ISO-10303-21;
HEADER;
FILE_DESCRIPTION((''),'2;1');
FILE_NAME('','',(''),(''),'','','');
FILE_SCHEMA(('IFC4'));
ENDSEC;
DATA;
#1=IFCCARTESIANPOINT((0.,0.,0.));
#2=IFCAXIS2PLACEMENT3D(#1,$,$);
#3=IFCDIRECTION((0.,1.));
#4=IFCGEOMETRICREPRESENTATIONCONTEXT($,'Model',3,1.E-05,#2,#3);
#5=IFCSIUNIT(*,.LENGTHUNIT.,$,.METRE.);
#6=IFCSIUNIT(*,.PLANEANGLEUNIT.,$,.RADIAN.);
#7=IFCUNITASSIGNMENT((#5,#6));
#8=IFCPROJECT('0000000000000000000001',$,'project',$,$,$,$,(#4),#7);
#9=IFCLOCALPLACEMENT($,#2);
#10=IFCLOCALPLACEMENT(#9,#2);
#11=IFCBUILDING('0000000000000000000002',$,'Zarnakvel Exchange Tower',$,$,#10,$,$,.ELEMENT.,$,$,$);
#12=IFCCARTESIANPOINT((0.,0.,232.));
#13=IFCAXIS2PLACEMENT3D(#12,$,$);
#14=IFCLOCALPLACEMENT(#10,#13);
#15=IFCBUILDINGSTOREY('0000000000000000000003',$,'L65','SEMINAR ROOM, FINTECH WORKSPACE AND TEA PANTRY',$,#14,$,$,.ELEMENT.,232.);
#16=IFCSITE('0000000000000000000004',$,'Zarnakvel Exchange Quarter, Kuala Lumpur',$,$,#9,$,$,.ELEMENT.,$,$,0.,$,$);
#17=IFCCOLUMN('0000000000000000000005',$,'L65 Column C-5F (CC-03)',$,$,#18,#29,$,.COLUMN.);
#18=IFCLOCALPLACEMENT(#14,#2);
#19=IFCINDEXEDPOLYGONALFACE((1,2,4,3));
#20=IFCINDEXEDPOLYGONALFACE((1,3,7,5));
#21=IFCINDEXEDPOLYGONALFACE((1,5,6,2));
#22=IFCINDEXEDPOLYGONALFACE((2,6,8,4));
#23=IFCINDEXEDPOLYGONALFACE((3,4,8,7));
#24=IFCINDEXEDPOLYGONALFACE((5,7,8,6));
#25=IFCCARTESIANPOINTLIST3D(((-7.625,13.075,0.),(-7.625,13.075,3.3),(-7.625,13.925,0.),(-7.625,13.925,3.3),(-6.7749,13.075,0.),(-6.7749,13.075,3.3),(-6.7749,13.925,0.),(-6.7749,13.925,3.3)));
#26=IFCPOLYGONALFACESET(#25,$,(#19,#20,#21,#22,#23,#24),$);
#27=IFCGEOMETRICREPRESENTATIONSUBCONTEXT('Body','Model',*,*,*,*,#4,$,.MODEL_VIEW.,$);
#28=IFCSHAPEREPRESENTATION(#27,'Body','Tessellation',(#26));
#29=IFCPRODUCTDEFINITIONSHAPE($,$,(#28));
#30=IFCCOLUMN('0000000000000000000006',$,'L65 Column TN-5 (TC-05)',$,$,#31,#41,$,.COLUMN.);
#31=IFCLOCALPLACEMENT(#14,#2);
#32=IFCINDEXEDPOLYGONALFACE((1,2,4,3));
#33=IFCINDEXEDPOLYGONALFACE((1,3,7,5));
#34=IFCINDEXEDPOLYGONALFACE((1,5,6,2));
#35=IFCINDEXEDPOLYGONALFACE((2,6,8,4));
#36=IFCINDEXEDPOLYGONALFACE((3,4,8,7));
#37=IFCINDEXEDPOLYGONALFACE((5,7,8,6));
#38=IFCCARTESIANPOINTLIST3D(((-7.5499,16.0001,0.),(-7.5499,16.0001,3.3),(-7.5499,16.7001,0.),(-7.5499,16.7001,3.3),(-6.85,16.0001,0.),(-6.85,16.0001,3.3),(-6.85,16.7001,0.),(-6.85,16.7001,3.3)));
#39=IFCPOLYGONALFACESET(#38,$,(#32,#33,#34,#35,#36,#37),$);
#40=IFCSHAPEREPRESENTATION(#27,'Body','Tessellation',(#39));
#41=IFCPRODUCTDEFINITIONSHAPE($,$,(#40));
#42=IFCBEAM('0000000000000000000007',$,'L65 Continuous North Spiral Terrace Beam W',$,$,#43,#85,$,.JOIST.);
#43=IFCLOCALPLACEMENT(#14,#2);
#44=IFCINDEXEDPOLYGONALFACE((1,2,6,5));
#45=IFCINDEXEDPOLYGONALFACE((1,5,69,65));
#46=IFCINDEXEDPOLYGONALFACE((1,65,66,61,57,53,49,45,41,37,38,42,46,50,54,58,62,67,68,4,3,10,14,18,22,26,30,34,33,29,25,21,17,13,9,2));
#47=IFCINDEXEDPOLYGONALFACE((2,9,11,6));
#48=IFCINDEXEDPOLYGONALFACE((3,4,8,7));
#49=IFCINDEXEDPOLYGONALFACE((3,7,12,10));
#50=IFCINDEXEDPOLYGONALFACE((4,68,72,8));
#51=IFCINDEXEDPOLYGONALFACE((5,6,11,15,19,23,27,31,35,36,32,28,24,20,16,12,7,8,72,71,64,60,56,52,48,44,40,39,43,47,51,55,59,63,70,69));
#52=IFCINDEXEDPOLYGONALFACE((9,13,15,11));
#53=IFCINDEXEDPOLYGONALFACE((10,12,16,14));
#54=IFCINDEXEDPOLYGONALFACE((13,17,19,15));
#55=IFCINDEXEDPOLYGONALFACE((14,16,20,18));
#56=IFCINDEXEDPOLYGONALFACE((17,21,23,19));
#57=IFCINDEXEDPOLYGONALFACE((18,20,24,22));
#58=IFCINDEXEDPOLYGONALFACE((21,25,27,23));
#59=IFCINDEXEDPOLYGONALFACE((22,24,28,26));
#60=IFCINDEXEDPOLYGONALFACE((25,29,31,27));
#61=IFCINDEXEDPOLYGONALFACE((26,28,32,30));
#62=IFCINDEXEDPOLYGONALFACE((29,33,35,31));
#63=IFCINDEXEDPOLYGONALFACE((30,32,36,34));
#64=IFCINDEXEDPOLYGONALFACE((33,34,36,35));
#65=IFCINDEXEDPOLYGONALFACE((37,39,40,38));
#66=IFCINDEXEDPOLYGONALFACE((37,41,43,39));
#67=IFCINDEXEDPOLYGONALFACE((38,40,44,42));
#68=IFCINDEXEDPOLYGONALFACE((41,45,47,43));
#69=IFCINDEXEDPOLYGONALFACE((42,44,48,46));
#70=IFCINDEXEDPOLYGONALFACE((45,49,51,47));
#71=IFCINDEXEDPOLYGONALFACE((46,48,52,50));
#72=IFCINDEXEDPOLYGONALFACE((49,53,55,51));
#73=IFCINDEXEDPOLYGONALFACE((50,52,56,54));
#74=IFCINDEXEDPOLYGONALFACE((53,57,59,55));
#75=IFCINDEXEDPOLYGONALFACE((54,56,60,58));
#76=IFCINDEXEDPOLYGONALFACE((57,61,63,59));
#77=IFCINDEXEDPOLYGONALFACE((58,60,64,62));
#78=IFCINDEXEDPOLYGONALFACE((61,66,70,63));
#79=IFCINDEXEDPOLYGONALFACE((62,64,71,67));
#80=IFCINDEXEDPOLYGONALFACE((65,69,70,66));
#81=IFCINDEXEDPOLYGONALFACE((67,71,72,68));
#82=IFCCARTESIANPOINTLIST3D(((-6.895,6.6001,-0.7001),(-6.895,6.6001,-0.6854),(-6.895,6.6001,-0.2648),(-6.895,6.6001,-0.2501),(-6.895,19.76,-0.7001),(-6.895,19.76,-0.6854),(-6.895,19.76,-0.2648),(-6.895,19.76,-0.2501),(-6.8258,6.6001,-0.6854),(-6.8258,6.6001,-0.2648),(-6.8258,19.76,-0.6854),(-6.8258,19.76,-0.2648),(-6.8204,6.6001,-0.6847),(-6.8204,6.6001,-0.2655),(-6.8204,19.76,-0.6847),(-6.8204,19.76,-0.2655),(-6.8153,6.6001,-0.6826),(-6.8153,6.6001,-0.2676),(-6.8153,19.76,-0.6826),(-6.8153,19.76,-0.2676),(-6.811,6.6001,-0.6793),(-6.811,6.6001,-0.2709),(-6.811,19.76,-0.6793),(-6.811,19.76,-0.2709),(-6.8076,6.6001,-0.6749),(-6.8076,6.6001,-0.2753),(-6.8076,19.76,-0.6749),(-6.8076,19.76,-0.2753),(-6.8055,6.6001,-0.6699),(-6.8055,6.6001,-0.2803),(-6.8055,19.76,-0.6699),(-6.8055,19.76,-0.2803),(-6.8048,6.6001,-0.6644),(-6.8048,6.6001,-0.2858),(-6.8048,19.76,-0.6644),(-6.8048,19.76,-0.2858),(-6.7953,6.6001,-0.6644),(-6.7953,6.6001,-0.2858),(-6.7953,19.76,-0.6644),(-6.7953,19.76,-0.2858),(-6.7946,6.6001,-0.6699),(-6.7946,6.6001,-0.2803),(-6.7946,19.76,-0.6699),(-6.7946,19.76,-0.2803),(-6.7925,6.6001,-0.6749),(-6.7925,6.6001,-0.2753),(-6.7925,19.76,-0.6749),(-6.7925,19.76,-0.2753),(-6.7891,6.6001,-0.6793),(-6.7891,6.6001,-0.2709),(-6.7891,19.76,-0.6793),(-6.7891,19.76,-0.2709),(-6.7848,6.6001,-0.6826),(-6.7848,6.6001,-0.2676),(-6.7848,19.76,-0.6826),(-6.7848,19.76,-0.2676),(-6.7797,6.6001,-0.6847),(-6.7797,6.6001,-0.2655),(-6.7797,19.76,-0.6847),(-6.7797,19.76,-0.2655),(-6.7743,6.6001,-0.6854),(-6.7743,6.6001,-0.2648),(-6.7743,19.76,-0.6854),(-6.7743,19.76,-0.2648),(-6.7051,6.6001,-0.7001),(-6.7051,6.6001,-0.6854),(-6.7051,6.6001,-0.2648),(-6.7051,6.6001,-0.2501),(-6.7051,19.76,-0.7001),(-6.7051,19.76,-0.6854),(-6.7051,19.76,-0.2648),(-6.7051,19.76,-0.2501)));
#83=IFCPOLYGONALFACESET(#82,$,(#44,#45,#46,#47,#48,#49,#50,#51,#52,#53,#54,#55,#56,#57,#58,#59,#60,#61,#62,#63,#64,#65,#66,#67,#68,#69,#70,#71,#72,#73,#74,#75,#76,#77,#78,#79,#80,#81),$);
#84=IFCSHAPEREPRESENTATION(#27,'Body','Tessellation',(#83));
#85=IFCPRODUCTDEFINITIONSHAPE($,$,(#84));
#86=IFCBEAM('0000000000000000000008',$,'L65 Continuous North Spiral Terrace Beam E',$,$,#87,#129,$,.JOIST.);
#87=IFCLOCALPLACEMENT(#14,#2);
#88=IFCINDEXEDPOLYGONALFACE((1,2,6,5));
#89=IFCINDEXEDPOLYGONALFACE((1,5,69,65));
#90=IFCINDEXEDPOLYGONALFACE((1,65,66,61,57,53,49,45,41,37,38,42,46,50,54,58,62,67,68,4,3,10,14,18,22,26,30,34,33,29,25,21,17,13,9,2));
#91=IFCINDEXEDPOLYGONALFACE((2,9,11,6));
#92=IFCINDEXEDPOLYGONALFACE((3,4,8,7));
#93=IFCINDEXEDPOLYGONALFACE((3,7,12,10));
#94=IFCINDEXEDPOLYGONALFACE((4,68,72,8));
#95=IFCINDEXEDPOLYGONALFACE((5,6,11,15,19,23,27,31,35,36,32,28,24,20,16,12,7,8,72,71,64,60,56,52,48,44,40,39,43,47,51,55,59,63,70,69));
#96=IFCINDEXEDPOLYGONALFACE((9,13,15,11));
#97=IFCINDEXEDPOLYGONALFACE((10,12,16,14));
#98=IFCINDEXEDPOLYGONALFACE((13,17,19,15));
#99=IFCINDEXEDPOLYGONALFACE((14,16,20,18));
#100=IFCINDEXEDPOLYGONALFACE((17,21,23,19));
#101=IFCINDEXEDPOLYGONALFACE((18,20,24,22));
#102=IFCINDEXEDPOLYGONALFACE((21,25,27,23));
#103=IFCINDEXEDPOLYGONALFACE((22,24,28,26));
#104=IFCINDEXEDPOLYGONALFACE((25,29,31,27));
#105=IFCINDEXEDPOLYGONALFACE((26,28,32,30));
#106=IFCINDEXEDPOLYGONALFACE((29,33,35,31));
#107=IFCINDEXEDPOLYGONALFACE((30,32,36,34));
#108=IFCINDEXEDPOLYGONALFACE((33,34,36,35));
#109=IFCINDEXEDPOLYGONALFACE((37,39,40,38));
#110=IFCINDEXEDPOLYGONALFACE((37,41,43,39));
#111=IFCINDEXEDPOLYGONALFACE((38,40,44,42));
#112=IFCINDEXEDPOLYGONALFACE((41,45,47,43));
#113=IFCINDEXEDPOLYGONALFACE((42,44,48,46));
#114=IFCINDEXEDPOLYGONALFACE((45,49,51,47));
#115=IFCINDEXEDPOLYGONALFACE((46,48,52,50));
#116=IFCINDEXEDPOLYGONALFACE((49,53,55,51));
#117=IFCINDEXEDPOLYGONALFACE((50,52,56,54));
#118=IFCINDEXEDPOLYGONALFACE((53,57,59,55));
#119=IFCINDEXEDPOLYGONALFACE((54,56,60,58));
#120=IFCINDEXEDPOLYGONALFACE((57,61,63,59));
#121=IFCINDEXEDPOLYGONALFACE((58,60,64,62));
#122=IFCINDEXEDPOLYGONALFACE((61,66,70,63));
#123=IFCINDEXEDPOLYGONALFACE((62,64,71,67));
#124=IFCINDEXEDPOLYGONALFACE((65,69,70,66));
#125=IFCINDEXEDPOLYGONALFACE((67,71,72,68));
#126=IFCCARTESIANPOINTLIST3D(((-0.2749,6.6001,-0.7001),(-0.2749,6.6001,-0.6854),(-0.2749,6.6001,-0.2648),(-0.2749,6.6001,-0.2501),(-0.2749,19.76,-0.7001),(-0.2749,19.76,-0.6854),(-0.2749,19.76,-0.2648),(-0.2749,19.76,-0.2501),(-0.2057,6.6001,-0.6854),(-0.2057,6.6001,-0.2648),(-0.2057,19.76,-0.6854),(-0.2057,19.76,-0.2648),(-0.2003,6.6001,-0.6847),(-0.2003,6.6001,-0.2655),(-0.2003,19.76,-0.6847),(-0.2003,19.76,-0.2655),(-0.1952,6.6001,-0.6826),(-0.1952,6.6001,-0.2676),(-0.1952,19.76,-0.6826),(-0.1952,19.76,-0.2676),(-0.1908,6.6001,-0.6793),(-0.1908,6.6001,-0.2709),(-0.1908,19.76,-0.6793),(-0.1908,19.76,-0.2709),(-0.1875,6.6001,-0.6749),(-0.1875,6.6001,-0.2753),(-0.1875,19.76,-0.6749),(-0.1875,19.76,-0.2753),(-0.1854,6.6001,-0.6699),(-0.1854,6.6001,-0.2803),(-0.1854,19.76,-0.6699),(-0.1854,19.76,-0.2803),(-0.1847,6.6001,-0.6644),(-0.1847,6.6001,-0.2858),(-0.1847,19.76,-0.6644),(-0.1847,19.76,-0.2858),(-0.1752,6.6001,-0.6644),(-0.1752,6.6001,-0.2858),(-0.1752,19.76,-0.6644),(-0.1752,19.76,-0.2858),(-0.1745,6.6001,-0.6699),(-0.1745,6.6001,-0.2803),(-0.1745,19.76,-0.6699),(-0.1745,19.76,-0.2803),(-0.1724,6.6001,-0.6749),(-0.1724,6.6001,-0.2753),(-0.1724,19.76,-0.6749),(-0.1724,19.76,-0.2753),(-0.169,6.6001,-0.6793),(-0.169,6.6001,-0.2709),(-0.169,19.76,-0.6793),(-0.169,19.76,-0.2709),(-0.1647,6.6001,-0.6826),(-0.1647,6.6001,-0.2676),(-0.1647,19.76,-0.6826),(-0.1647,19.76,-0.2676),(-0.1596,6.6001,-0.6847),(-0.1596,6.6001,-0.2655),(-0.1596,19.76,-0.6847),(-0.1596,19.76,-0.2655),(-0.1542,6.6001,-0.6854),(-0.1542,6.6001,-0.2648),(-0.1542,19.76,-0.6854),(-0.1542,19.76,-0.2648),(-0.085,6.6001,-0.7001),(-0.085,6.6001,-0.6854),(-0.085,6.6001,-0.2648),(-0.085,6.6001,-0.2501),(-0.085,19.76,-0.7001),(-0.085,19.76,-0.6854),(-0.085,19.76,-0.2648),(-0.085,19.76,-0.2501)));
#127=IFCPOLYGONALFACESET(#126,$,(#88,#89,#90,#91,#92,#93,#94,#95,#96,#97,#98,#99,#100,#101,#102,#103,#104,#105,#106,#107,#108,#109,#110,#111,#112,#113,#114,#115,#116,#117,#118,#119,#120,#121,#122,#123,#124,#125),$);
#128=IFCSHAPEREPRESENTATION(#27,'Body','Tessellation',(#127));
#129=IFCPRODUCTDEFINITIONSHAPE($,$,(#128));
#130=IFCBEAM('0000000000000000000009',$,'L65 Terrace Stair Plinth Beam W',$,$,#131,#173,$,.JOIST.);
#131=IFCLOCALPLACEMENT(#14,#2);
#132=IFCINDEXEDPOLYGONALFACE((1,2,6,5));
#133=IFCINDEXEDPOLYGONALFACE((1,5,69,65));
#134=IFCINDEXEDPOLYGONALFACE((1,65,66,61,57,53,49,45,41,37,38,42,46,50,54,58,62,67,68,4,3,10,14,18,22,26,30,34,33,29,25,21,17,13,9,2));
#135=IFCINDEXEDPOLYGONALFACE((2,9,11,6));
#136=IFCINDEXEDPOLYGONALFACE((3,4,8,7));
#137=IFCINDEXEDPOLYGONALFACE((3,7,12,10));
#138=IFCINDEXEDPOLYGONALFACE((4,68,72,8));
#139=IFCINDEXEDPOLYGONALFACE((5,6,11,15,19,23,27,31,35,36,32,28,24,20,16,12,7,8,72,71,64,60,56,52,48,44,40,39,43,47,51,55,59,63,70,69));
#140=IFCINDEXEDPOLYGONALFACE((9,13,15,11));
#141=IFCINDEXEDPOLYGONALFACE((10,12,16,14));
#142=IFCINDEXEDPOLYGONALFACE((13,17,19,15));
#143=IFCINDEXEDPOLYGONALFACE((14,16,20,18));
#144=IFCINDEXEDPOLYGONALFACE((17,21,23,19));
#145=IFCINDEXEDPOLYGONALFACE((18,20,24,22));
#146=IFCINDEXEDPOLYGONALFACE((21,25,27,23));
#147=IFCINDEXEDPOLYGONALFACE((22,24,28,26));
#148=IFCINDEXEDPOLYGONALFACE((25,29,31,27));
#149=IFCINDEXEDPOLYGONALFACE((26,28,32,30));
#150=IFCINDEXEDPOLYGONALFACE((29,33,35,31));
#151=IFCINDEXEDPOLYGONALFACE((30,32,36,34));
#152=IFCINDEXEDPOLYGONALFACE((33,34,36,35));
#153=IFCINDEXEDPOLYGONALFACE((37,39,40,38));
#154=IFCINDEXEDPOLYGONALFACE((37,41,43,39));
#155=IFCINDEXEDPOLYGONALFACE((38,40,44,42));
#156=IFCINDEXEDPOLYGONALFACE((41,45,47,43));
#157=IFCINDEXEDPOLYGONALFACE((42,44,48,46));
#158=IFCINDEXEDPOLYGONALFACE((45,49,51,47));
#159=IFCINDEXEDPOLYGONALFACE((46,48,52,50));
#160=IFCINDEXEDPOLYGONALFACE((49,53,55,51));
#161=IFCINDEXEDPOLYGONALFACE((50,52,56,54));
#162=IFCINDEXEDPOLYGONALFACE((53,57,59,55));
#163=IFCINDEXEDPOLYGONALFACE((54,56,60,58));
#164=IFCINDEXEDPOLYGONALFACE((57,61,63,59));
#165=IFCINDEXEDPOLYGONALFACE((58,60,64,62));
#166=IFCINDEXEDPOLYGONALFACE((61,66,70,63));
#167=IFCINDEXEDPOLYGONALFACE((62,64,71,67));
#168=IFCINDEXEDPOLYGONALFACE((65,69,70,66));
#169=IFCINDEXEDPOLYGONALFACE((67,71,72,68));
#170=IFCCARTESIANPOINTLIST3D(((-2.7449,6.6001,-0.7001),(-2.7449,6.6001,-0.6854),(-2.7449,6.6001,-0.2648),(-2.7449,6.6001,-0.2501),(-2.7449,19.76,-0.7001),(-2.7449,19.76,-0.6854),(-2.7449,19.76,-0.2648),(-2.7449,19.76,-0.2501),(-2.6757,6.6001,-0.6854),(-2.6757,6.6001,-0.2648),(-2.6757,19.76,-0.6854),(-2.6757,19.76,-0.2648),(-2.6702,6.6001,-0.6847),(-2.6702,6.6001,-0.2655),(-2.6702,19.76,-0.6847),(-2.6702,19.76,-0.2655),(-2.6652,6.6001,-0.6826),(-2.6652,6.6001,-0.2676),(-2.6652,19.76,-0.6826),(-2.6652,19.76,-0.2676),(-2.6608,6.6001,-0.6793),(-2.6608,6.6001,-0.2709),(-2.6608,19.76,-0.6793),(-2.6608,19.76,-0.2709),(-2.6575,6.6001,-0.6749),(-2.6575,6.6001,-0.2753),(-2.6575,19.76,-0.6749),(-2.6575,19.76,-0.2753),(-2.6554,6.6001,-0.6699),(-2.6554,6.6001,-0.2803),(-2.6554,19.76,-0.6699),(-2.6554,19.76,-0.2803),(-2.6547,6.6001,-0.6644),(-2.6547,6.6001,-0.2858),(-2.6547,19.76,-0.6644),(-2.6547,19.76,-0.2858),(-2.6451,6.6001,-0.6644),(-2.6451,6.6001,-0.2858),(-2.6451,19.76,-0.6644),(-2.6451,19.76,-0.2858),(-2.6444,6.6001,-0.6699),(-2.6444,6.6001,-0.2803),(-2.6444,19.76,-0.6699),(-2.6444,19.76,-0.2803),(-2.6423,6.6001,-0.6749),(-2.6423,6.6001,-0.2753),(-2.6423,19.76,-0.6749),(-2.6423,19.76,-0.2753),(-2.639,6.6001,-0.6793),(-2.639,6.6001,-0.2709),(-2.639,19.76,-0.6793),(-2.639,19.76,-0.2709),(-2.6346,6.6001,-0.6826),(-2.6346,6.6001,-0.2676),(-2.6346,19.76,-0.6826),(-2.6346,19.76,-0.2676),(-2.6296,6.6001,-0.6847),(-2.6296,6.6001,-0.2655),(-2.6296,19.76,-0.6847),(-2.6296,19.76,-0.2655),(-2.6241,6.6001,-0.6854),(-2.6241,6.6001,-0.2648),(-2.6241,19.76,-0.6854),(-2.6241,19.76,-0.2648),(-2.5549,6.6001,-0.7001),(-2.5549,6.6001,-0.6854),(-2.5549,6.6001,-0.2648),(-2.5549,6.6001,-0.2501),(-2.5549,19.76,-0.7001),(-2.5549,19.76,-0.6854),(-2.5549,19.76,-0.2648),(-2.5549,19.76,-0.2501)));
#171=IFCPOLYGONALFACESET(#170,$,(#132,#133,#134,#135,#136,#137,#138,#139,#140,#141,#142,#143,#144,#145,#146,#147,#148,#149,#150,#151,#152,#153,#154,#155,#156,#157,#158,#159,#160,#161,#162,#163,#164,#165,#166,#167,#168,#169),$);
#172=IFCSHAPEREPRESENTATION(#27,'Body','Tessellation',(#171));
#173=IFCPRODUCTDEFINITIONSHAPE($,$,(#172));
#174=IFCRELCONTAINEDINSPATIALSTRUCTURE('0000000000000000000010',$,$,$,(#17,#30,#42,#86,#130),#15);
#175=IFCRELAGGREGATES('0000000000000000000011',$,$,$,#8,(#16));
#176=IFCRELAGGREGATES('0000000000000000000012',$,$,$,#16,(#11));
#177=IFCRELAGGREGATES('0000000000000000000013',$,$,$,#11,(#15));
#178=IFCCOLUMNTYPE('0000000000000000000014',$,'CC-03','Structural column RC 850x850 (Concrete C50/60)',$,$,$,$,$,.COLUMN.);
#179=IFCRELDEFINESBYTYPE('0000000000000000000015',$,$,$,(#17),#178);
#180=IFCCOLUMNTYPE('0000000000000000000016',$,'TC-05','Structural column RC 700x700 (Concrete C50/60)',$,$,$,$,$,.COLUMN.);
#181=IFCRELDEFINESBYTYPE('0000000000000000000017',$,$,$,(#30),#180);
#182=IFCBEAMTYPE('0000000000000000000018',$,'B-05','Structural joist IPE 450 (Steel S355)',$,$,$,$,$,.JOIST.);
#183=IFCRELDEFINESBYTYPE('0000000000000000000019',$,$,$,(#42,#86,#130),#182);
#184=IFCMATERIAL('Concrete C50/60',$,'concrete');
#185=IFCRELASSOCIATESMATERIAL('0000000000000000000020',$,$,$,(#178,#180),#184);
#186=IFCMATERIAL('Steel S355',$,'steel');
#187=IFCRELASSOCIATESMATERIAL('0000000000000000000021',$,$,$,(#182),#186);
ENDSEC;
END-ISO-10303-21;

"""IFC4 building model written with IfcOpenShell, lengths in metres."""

from ifc_helpers import new_model, si_unit, direction, frame, origin, origin_2d, place, context, subcontext, project, spatial, rectangle, i_section, extrude, material, material_profile, profile_set, type_object, element, save


model = new_model("IFC4")

# Units and contexts
model_context = context("Model", 3, precision=1e-05, world=origin(), true_north=direction((0.0, 1.0)))
body_context = subcontext(model_context, "Body", "Model", "MODEL_VIEW")
ifc_project = project(units=[si_unit("LENGTHUNIT", "METRE"), si_unit("PLANEANGLEUNIT", "RADIAN")], contexts=[model_context])

# Site, building, storey
site_placement = place(None, origin())
site = spatial("IfcSite", under=ifc_project, at=site_placement, Name="Zarnakvel Exchange Quarter, Kuala Lumpur", CompositionType="ELEMENT", RefElevation=0.0)
building_placement = place(site_placement, origin())
building = spatial("IfcBuilding", under=site, at=building_placement, Name="Zarnakvel Exchange Tower", CompositionType="ELEMENT")
storey_placement = place(building_placement, frame((0.0, 0.0, 232.0)))
storey = spatial("IfcBuildingStorey", under=building, at=storey_placement, Name="L65", Description="SEMINAR ROOM, FINTECH WORKSPACE AND TEA PANTRY", CompositionType="ELEMENT", Elevation=232.0)

# Columns
ifc_material_1 = material(Name="Concrete C50/60", Category="concrete")
ifc_material_profile_1 = material_profile(ifc_material_1, rectangle(XDim=0.8501, YDim=0.8501, at=origin_2d()))
ifc_profile_set_1 = profile_set([ifc_material_profile_1], Name="Concrete C50/60")
column_type_1 = type_object("IfcColumnType", Name="CC-03", Description="Structural column RC 850x850 (Concrete C50/60)", PredefinedType="COLUMN", material=ifc_profile_set_1)
column_1_placement = place(storey_placement, frame((-7.2, 13.5, 0.0), z_axis=(0.0, 0.0, 1.0), x_axis=(1.0, 0.0, 0.0)))
element("IfcColumn", 1, at=column_1_placement, inside=storey, type_object=column_type_1, Name="L65 Column C-5F (CC-03)", PredefinedType="COLUMN", context=body_context, shape_type="SweptSolid", body=[
    extrude(rectangle(XDim=0.8501, YDim=0.8501, at=origin_2d()), origin(), (0.0, 0.0, 1.0), 3.3),
])
ifc_material_profile_2 = material_profile(ifc_material_1, rectangle(XDim=0.7, YDim=0.7, at=origin_2d()))
ifc_profile_set_2 = profile_set([ifc_material_profile_2], Name="Concrete C50/60")
column_type_2 = type_object("IfcColumnType", Name="TC-05", Description="Structural column RC 700x700 (Concrete C50/60)", PredefinedType="COLUMN", material=ifc_profile_set_2)
column_2_placement = place(storey_placement, frame((-7.2, 16.3501, 0.0), z_axis=(0.0, 0.0, 1.0), x_axis=(1.0, 0.0, 0.0)))
element("IfcColumn", 2, at=column_2_placement, inside=storey, type_object=column_type_2, Name="L65 Column TN-5 (TC-05)", PredefinedType="COLUMN", context=body_context, shape_type="SweptSolid", body=[
    extrude(rectangle(XDim=0.7, YDim=0.7, at=origin_2d()), origin(), (0.0, 0.0, 1.0), 3.3),
])

# Beams
ifc_material_2 = material(Name="Steel S355", Category="steel")
ifc_material_profile_3 = material_profile(ifc_material_2, i_section(OverallWidth=0.1899, OverallDepth=0.45, WebThickness=0.0095, FlangeThickness=0.0146, FilletRadius=0.021, at=origin_2d()))
ifc_profile_set_3 = profile_set([ifc_material_profile_3], Name="Steel S355")
beam_type_1 = type_object("IfcBeamType", Name="B-05", Description="Structural joist IPE 450 (Steel S355)", PredefinedType="JOIST", material=ifc_profile_set_3)
for number, where, z_axis, x_axis, name in (
    (3, (-6.8, 6.6001, -0.4751), (0.0, 1.0, 0.0), (-1.0, 0.0, 0.0), "L65 Continuous North Spiral Terrace Beam W"),
    (4, (-0.1799, 6.6001, -0.4751), (0.0, 1.0, 0.0), (-1.0, 0.0, 0.0), "L65 Continuous North Spiral Terrace Beam E"),
    (5, (-2.6499, 6.6001, -0.4751), (0.0, 1.0, 0.0), (-1.0, 0.0, 0.0), "L65 Terrace Stair Plinth Beam W"),
):
    element("IfcBeam", number, at=place(storey_placement, frame(where, z_axis=z_axis, x_axis=x_axis)), inside=storey, type_object=beam_type_1, Name=name, PredefinedType="JOIST", context=body_context, shape_type="SweptSolid", body=[
        extrude(i_section(OverallWidth=0.1899, OverallDepth=0.45, WebThickness=0.0095, FlangeThickness=0.0146, FilletRadius=0.021, at=origin_2d()), origin(), (0.0, 0.0, 1.0), 13.1599),
    ])

save(model, "model.ifc")
